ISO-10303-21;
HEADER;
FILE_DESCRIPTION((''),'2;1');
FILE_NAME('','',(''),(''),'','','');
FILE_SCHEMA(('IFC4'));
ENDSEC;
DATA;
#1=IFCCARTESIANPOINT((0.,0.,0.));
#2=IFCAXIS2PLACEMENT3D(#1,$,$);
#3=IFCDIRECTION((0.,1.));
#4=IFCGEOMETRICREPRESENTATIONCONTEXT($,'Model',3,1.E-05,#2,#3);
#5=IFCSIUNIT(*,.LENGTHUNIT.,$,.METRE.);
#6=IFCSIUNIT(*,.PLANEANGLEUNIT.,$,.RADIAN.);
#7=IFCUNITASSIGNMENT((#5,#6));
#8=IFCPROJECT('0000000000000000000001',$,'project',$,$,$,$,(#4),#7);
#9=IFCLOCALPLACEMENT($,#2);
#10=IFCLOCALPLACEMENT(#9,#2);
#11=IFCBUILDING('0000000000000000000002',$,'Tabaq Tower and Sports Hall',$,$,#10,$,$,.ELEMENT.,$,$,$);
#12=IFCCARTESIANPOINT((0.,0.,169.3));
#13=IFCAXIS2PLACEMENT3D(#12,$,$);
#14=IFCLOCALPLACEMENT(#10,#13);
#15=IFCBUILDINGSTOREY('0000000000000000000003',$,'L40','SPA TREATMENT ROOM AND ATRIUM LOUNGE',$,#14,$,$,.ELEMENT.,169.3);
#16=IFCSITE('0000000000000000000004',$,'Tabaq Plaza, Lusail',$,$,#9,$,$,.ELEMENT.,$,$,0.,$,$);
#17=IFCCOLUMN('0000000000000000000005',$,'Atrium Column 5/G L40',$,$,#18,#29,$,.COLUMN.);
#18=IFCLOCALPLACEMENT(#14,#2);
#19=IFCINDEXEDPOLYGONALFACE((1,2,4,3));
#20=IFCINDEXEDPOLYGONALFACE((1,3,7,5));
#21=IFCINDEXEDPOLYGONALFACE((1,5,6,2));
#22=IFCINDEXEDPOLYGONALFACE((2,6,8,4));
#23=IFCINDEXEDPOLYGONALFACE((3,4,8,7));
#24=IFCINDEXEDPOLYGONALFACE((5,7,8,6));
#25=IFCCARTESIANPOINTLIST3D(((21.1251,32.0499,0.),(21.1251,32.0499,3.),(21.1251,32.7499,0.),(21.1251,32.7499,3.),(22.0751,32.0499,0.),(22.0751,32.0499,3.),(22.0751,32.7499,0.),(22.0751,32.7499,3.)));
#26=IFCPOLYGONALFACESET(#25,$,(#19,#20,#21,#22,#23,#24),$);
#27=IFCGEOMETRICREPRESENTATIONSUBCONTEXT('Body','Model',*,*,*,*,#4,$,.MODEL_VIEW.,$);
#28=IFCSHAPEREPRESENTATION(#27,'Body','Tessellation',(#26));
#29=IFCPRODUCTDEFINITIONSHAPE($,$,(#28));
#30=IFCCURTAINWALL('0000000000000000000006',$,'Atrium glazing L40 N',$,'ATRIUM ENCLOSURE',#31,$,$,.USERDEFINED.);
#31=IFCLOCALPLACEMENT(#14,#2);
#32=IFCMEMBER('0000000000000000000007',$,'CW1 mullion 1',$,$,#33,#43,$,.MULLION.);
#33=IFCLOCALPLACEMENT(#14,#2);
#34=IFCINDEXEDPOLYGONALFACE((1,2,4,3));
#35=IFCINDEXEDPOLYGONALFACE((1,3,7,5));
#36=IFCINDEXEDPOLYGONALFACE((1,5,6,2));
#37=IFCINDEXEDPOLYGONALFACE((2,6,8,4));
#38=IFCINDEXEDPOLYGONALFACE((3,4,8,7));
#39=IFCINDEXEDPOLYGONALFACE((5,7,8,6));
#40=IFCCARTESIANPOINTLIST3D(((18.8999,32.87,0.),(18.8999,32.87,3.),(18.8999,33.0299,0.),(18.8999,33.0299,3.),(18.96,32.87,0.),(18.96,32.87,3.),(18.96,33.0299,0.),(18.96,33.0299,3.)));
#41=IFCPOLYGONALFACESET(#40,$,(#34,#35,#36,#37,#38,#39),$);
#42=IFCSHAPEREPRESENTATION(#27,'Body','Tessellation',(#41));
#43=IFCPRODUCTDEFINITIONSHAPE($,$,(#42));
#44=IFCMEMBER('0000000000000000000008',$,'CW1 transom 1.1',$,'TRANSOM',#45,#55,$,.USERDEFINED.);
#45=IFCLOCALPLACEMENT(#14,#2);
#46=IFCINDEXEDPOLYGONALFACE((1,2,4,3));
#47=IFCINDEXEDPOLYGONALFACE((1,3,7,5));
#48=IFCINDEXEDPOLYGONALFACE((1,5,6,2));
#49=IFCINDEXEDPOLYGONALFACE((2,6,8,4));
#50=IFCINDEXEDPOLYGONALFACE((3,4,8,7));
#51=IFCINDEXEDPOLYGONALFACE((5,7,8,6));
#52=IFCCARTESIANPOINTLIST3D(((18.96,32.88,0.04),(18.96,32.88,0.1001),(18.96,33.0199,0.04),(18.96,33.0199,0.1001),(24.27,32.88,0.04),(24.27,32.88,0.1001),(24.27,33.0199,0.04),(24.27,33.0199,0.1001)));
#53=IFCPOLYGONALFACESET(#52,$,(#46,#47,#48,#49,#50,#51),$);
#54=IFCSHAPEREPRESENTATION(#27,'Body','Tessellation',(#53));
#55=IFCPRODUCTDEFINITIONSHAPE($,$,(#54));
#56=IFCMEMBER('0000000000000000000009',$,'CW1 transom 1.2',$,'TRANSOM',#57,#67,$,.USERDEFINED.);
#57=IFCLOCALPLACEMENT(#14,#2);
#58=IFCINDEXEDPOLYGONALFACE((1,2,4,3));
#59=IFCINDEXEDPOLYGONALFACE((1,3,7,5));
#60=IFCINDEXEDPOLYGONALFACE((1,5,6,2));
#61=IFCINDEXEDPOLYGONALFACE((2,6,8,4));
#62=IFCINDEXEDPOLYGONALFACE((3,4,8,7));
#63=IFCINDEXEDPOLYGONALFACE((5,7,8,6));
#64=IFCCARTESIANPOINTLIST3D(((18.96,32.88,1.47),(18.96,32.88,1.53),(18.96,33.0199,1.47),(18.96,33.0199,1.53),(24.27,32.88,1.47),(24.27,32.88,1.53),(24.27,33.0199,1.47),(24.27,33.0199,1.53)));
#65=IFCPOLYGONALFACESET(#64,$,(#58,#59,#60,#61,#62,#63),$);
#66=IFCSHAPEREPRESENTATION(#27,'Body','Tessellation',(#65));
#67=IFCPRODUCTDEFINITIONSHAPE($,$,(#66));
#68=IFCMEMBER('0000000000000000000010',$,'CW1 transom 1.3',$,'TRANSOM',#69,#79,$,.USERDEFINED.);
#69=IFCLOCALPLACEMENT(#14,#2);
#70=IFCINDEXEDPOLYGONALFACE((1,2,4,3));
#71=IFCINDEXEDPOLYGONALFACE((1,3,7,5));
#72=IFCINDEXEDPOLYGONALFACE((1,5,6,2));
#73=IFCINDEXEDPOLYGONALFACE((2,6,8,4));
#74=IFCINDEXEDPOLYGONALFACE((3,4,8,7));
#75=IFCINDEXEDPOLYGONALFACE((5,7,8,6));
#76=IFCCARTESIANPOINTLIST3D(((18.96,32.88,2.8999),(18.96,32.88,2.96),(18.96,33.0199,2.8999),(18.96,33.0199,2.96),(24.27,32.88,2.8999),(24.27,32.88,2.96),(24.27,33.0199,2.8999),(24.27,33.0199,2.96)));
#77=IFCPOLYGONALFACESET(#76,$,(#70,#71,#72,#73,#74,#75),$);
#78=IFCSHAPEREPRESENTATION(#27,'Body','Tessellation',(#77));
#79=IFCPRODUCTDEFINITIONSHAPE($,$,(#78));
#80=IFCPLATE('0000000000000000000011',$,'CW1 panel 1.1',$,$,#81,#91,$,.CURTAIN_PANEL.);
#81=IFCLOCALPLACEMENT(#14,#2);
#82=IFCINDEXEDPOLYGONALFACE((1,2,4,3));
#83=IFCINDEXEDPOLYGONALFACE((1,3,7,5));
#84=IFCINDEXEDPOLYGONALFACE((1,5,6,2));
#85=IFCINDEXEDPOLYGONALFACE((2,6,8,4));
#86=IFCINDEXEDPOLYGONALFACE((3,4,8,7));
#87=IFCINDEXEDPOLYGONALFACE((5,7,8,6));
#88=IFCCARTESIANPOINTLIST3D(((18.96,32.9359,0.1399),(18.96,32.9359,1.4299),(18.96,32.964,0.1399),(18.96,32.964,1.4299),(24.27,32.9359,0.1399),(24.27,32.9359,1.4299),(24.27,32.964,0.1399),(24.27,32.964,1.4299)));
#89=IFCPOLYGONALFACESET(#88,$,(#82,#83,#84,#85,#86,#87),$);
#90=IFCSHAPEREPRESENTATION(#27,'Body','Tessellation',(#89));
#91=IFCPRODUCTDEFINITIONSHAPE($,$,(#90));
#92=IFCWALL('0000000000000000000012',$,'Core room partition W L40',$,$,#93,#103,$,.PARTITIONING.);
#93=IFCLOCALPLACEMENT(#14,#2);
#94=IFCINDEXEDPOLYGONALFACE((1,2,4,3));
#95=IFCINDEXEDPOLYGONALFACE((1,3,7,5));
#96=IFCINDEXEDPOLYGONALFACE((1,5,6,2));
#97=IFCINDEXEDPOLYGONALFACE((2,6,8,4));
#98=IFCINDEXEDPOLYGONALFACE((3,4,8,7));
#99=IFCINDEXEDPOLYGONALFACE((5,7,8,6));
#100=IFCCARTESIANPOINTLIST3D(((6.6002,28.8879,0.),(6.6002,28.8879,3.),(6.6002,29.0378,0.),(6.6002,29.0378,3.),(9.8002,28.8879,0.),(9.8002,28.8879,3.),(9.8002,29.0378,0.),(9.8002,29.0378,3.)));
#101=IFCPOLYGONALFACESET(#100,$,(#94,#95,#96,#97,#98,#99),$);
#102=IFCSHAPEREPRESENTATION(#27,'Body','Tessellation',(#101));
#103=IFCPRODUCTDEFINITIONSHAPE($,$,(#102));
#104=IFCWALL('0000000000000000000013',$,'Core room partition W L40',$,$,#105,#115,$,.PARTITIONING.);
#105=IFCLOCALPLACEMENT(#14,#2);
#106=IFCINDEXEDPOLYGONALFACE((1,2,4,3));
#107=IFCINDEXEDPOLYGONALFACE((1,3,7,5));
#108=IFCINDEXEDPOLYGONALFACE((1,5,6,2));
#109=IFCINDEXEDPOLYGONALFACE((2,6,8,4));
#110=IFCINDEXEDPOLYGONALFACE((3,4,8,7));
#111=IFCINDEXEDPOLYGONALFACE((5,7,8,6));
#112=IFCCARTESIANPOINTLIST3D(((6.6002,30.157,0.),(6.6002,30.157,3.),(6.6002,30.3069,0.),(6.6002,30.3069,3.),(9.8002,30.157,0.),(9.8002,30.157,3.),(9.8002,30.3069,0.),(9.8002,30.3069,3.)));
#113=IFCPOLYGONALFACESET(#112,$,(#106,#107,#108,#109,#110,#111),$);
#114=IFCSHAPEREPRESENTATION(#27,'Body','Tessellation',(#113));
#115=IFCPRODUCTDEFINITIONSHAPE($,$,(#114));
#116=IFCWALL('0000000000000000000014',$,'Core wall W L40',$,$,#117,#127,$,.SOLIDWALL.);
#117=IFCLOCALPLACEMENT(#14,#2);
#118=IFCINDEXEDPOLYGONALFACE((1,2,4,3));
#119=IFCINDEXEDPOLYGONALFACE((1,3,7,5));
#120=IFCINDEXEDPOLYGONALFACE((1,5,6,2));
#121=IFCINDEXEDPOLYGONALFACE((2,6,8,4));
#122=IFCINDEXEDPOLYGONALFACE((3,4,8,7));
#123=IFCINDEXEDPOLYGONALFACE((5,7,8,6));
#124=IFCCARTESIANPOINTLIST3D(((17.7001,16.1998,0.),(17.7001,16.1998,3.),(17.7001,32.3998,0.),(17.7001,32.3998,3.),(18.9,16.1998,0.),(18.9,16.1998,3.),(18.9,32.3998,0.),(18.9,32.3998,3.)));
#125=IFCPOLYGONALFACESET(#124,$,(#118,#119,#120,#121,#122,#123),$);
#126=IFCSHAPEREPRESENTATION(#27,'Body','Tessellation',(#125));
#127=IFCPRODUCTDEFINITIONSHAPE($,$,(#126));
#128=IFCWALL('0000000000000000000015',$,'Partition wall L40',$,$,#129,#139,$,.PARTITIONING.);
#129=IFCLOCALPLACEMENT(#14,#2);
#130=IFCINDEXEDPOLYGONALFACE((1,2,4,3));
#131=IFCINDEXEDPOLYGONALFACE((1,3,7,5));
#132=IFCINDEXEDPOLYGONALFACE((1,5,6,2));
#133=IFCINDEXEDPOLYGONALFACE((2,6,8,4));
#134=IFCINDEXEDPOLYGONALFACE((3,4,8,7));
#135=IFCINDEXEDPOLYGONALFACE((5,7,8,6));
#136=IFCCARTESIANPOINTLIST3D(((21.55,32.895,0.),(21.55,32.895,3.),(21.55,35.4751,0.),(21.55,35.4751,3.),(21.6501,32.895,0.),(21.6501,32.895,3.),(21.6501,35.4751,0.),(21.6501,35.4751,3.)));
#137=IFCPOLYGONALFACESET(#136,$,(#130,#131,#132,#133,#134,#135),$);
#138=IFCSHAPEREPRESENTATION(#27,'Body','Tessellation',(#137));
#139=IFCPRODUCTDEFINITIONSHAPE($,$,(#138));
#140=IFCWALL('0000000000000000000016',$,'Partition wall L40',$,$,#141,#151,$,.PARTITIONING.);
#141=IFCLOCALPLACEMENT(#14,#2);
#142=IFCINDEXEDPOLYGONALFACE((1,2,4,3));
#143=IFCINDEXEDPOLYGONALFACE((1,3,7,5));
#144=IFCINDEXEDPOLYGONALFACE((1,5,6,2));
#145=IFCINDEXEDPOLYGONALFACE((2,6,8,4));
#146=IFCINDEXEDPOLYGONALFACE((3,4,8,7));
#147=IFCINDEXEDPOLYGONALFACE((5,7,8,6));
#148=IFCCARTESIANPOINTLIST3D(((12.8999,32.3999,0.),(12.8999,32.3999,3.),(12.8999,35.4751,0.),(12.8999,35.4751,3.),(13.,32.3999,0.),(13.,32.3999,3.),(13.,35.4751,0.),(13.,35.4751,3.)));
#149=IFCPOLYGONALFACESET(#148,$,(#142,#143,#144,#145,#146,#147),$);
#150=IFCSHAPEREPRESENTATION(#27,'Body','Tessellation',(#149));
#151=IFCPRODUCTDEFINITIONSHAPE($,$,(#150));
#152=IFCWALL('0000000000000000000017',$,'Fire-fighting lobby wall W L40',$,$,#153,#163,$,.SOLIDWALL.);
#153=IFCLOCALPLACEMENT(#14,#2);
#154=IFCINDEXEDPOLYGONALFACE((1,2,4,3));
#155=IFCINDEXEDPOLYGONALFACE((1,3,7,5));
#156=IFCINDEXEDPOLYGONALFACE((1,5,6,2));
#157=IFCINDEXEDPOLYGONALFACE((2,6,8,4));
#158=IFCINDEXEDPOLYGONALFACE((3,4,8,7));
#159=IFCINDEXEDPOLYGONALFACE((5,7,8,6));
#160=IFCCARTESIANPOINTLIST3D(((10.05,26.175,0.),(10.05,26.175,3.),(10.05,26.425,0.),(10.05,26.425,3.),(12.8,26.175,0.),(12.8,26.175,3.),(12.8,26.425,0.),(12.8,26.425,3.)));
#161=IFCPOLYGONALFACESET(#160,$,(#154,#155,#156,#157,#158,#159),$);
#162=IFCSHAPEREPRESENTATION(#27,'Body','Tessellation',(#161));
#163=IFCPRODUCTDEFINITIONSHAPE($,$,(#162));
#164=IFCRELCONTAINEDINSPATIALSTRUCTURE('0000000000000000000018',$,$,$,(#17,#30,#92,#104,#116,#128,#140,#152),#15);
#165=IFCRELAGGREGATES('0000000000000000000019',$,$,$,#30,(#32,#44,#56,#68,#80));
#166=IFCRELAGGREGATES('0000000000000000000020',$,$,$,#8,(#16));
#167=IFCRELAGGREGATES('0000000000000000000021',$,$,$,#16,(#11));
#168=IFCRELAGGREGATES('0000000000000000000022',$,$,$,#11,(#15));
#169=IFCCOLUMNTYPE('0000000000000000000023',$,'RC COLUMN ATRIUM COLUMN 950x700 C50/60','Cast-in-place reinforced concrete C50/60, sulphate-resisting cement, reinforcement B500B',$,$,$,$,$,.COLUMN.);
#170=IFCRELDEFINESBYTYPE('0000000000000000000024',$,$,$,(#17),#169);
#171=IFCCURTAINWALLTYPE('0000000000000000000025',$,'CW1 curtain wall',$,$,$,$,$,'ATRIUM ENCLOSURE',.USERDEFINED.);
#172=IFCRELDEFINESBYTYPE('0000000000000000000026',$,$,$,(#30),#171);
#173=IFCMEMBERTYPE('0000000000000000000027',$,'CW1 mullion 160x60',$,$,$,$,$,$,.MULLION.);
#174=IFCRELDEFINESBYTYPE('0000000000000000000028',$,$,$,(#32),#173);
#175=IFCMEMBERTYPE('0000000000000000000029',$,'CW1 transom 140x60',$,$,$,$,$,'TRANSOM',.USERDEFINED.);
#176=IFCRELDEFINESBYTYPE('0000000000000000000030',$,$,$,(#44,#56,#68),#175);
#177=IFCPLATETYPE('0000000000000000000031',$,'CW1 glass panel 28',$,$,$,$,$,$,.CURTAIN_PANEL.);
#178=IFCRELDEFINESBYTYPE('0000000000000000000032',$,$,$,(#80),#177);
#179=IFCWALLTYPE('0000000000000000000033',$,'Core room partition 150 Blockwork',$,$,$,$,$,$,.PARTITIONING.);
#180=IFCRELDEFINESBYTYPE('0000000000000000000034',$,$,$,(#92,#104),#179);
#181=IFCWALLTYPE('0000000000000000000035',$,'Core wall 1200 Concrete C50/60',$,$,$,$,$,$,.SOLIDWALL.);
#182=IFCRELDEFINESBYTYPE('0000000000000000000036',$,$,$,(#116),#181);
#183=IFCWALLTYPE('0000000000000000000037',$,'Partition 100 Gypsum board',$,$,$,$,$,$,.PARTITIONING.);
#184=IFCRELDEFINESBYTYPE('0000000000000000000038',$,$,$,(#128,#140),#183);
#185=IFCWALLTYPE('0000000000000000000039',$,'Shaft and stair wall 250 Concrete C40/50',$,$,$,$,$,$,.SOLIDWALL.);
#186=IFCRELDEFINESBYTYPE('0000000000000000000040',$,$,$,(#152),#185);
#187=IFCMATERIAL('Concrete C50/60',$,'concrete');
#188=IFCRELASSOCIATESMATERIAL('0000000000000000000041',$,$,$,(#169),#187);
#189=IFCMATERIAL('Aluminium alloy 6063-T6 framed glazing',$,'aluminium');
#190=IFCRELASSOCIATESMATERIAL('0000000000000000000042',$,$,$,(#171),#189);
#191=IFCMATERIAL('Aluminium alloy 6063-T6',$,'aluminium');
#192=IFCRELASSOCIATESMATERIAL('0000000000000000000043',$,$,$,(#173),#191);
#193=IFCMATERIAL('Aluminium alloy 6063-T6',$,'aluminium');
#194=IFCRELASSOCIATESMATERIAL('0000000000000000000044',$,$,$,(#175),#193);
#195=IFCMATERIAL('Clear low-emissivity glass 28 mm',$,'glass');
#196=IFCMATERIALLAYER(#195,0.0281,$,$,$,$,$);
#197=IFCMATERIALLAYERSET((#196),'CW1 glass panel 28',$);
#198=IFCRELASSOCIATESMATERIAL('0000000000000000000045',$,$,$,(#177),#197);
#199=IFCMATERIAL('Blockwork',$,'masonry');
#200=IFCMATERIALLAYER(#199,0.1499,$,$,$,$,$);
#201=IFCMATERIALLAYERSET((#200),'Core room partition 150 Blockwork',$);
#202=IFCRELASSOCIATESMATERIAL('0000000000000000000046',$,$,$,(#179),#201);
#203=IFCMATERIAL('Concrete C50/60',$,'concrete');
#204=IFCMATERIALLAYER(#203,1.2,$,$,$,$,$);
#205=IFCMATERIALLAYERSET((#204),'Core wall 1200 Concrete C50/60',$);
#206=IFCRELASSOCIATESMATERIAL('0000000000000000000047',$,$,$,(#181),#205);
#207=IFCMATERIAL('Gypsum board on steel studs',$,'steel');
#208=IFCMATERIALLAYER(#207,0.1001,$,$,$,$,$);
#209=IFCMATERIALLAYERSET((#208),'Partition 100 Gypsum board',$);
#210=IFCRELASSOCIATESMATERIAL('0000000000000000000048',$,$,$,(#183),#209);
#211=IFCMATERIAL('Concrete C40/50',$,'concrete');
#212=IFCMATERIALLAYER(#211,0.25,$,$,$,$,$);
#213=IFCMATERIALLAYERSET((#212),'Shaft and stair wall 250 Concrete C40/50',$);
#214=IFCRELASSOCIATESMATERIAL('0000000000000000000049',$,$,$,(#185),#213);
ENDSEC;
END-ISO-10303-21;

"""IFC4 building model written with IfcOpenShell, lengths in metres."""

from ifc_helpers import new_model, si_unit, direction, frame, frame_2d, origin, origin_2d, place, context, subcontext, project, spatial, rectangle, extrude, material, layer, layer_set, material_profile, profile_set, type_object, element, aggregate, save


model = new_model("IFC4")

# Units and contexts
model_context = context("Model", 3, precision=1e-05, world=origin(), true_north=direction((0.0, 1.0)))
body_context = subcontext(model_context, "Body", "Model", "MODEL_VIEW")
ifc_project = project(units=[si_unit("LENGTHUNIT", "METRE"), si_unit("PLANEANGLEUNIT", "RADIAN")], contexts=[model_context])

# Site, building, storey
site_placement = place(None, origin())
site = spatial("IfcSite", under=ifc_project, at=site_placement, Name="Tabaq Plaza, Lusail", CompositionType="ELEMENT", RefElevation=0.0)
building_placement = place(site_placement, origin())
building = spatial("IfcBuilding", under=site, at=building_placement, Name="Tabaq Tower and Sports Hall", CompositionType="ELEMENT")
storey_placement = place(building_placement, frame((0.0, 0.0, 169.3)))
storey = spatial("IfcBuildingStorey", under=building, at=storey_placement, Name="L40", Description="SPA TREATMENT ROOM AND ATRIUM LOUNGE", CompositionType="ELEMENT", Elevation=169.3)

# Column
ifc_material_1 = material(Name="Concrete C50/60", Category="concrete")
ifc_material_profile_1 = material_profile(ifc_material_1, rectangle(XDim=0.95, YDim=0.7, at=origin_2d()), Name="ATRIUM COLUMN 950x700")
ifc_profile_set_1 = profile_set([ifc_material_profile_1], Name="Concrete C50/60")
column_type = type_object("IfcColumnType", Name="RC COLUMN ATRIUM COLUMN 950x700 C50/60", Description="Cast-in-place reinforced concrete C50/60, sulphate-resisting cement, reinforcement B500B", PredefinedType="COLUMN", material=ifc_profile_set_1)
column_placement = place(storey_placement, frame((21.6001, 32.3999, 0.0), z_axis=(0.0, 0.0, 1.0), x_axis=(1.0, 0.0, 0.0)))
element("IfcColumn", 1, at=column_placement, inside=storey, type_object=column_type, Name="Atrium Column 5/G L40", PredefinedType="COLUMN", context=body_context, shape_type="SweptSolid", body=[
    extrude(rectangle(XDim=0.95, YDim=0.7, at=origin_2d()), origin(), (0.0, 0.0, 1.0), 3.0),
])

# Curtain wall, members, plate
ifc_material_2 = material(Name="Aluminium alloy 6063-T6 framed glazing", Category="aluminium")
curtain_wall_type = type_object("IfcCurtainWallType", Name="CW1 curtain wall", ElementType="ATRIUM ENCLOSURE", PredefinedType="USERDEFINED", material=ifc_material_2)
curtain_wall_placement = place(storey_placement, origin())
curtain_wall = element("IfcCurtainWall", 2, at=curtain_wall_placement, inside=storey, type_object=curtain_wall_type, Name="Atrium glazing L40 N", ObjectType="ATRIUM ENCLOSURE", PredefinedType="USERDEFINED")
ifc_material_3 = material(Name="Aluminium alloy 6063-T6", Category="aluminium")
ifc_material_profile_2 = material_profile(ifc_material_3, rectangle(XDim=0.1599, YDim=0.0601, at=origin_2d()), Name="MULLION 160x60")
ifc_profile_set_2 = profile_set([ifc_material_profile_2], Name="Aluminium alloy 6063-T6")
member_type_1 = type_object("IfcMemberType", Name="CW1 mullion 160x60", PredefinedType="MULLION", material=ifc_profile_set_2)
member_1_placement = place(storey_placement, frame((18.9299, 32.95, 0.0), z_axis=(0.0, 0.0, 1.0), x_axis=(0.0, 1.0, 0.0)))
member_1 = element("IfcMember", 3, at=member_1_placement, type_object=member_type_1, Name="CW1 mullion 1", PredefinedType="MULLION", context=body_context, shape_type="SweptSolid", body=[
    extrude(rectangle(XDim=0.1599, YDim=0.0601, at=origin_2d()), origin(), (0.0, 0.0, 1.0), 3.0),
])
ifc_material_4 = material(Name="Aluminium alloy 6063-T6", Category="aluminium")
ifc_material_profile_3 = material_profile(ifc_material_4, rectangle(XDim=0.1399, YDim=0.0601, at=origin_2d()), Name="TRANSOM 140x60")
ifc_profile_set_3 = profile_set([ifc_material_profile_3], Name="Aluminium alloy 6063-T6")
member_type_2 = type_object("IfcMemberType", Name="CW1 transom 140x60", ElementType="TRANSOM", PredefinedType="USERDEFINED", material=ifc_profile_set_3)
member_2_placement = place(storey_placement, frame((18.96, 32.95, 0.0701), z_axis=(1.0, 0.0, 0.0), x_axis=(0.0, 1.0, 0.0)))
member_2 = element("IfcMember", 4, at=member_2_placement, type_object=member_type_2, Name="CW1 transom 1.1", ObjectType="TRANSOM", PredefinedType="USERDEFINED", context=body_context, shape_type="SweptSolid", body=[
    extrude(rectangle(XDim=0.1399, YDim=0.0601, at=origin_2d()), origin(), (0.0, 0.0, 1.0), 5.3101),
])
member_3_placement = place(storey_placement, frame((18.96, 32.95, 1.5), z_axis=(1.0, 0.0, 0.0), x_axis=(0.0, 1.0, 0.0)))
member_3 = element("IfcMember", 5, at=member_3_placement, type_object=member_type_2, Name="CW1 transom 1.2", ObjectType="TRANSOM", PredefinedType="USERDEFINED", context=body_context, shape_type="SweptSolid", body=[
    extrude(rectangle(XDim=0.1399, YDim=0.0601, at=origin_2d()), origin(), (0.0, 0.0, 1.0), 5.3101),
])
member_4_placement = place(storey_placement, frame((18.96, 32.95, 2.9299), z_axis=(1.0, 0.0, 0.0), x_axis=(0.0, 1.0, 0.0)))
member_4 = element("IfcMember", 6, at=member_4_placement, type_object=member_type_2, Name="CW1 transom 1.3", ObjectType="TRANSOM", PredefinedType="USERDEFINED", context=body_context, shape_type="SweptSolid", body=[
    extrude(rectangle(XDim=0.1399, YDim=0.0601, at=origin_2d()), origin(), (0.0, 0.0, 1.0), 5.3101),
])
ifc_material_5 = material(Name="Clear low-emissivity glass 28 mm", Category="glass")
ifc_layer_1 = layer(ifc_material_5, 0.0281)
ifc_layer_set_1 = layer_set([ifc_layer_1], Name="CW1 glass panel 28")
plate_type = type_object("IfcPlateType", Name="CW1 glass panel 28", PredefinedType="CURTAIN_PANEL", material=ifc_layer_set_1)
plate_placement = place(storey_placement, frame((21.615, 32.95, 0.1399), z_axis=(0.0, 0.0, 1.0), x_axis=(1.0, 0.0, 0.0)))
plate = element("IfcPlate", 7, at=plate_placement, type_object=plate_type, Name="CW1 panel 1.1", PredefinedType="CURTAIN_PANEL", context=body_context, shape_type="SweptSolid", body=[
    extrude(rectangle(XDim=5.3101, YDim=0.0281, at=origin_2d()), origin(), (0.0, 0.0, 1.0), 1.29),
])
aggregate(curtain_wall, [member_1, member_2, member_3, member_4, plate])

# Walls
ifc_material_6 = material(Name="Blockwork", Category="masonry")
ifc_layer_2 = layer(ifc_material_6, 0.1499)
ifc_layer_set_2 = layer_set([ifc_layer_2], Name="Core room partition 150 Blockwork")
wall_type_1 = type_object("IfcWallType", Name="Core room partition 150 Blockwork", PredefinedType="PARTITIONING", material=ifc_layer_set_2)
for number, where, z_axis, x_axis, name in (
    (8, (6.6001, 28.9629, 0.0), (0.0, 0.0, 1.0), (1.0, 0.0, 0.0), "Core room partition W L40"),
    (9, (6.6001, 30.2319, 0.0), (0.0, 0.0, 1.0), (1.0, 0.0, 0.0), "Core room partition W L40"),
):
    element("IfcWall", number, at=place(storey_placement, frame(where, z_axis=z_axis, x_axis=x_axis)), inside=storey, type_object=wall_type_1, Name=name, PredefinedType="PARTITIONING", context=body_context, shape_type="SweptSolid", body=[
        extrude(rectangle(XDim=3.2, YDim=0.1499, at=frame_2d((1.6001, 0.0))), origin(), (0.0, 0.0, 1.0), 3.0),
    ])
ifc_material_7 = material(Name="Concrete C50/60", Category="concrete")
ifc_layer_3 = layer(ifc_material_7, 1.2)
ifc_layer_set_3 = layer_set([ifc_layer_3], Name="Core wall 1200 Concrete C50/60")
wall_type_2 = type_object("IfcWallType", Name="Core wall 1200 Concrete C50/60", PredefinedType="SOLIDWALL", material=ifc_layer_set_3)
wall_1_placement = place(storey_placement, frame((18.3, 32.3999, 0.0), z_axis=(0.0, 0.0, 1.0), x_axis=(0.0, -1.0, 0.0)))
element("IfcWall", 10, at=wall_1_placement, inside=storey, type_object=wall_type_2, Name="Core wall W L40", PredefinedType="SOLIDWALL", context=body_context, shape_type="SweptSolid", body=[
    extrude(rectangle(XDim=16.2, YDim=1.2, at=frame_2d((8.1001, 0.0))), origin(), (0.0, 0.0, 1.0), 3.0),
])

# Walls
ifc_material_8 = material(Name="Gypsum board on steel studs", Category="steel")
ifc_layer_4 = layer(ifc_material_8, 0.1001)
ifc_layer_set_4 = layer_set([ifc_layer_4], Name="Partition 100 Gypsum board")
wall_type_3 = type_object("IfcWallType", Name="Partition 100 Gypsum board", PredefinedType="PARTITIONING", material=ifc_layer_set_4)
wall_2_placement = place(storey_placement, frame((21.6001, 32.895, 0.0), z_axis=(0.0, 0.0, 1.0), x_axis=(0.0, 1.0, 0.0)))
element("IfcWall", 11, at=wall_2_placement, inside=storey, type_object=wall_type_3, Name="Partition wall L40", PredefinedType="PARTITIONING", context=body_context, shape_type="SweptSolid", body=[
    extrude(rectangle(XDim=2.5801, YDim=0.1001, at=frame_2d((1.29, 0.0))), origin(), (0.0, 0.0, 1.0), 3.0),
])
wall_3_placement = place(storey_placement, frame((12.95, 32.3999, 0.0), z_axis=(0.0, 0.0, 1.0), x_axis=(0.0, 1.0, 0.0)))
element("IfcWall", 12, at=wall_3_placement, inside=storey, type_object=wall_type_3, Name="Partition wall L40", PredefinedType="PARTITIONING", context=body_context, shape_type="SweptSolid", body=[
    extrude(rectangle(XDim=3.0752, YDim=0.1001, at=frame_2d((1.5376, 0.0))), origin(), (0.0, 0.0, 1.0), 3.0),
])
ifc_material_9 = material(Name="Concrete C40/50", Category="concrete")
ifc_layer_5 = layer(ifc_material_9, 0.25)
ifc_layer_set_5 = layer_set([ifc_layer_5], Name="Shaft and stair wall 250 Concrete C40/50")
wall_type_4 = type_object("IfcWallType", Name="Shaft and stair wall 250 Concrete C40/50", PredefinedType="SOLIDWALL", material=ifc_layer_set_5)
wall_4_placement = place(storey_placement, frame((10.05, 26.3, 0.0), z_axis=(0.0, 0.0, 1.0), x_axis=(1.0, 0.0, 0.0)))
element("IfcWall", 13, at=wall_4_placement, inside=storey, type_object=wall_type_4, Name="Fire-fighting lobby wall W L40", PredefinedType="SOLIDWALL", context=body_context, shape_type="SweptSolid", body=[
    extrude(rectangle(XDim=2.75, YDim=0.25, at=frame_2d((1.375, 0.0))), origin(), (0.0, 0.0, 1.0), 3.0),
])

save(model, "model.ifc")
